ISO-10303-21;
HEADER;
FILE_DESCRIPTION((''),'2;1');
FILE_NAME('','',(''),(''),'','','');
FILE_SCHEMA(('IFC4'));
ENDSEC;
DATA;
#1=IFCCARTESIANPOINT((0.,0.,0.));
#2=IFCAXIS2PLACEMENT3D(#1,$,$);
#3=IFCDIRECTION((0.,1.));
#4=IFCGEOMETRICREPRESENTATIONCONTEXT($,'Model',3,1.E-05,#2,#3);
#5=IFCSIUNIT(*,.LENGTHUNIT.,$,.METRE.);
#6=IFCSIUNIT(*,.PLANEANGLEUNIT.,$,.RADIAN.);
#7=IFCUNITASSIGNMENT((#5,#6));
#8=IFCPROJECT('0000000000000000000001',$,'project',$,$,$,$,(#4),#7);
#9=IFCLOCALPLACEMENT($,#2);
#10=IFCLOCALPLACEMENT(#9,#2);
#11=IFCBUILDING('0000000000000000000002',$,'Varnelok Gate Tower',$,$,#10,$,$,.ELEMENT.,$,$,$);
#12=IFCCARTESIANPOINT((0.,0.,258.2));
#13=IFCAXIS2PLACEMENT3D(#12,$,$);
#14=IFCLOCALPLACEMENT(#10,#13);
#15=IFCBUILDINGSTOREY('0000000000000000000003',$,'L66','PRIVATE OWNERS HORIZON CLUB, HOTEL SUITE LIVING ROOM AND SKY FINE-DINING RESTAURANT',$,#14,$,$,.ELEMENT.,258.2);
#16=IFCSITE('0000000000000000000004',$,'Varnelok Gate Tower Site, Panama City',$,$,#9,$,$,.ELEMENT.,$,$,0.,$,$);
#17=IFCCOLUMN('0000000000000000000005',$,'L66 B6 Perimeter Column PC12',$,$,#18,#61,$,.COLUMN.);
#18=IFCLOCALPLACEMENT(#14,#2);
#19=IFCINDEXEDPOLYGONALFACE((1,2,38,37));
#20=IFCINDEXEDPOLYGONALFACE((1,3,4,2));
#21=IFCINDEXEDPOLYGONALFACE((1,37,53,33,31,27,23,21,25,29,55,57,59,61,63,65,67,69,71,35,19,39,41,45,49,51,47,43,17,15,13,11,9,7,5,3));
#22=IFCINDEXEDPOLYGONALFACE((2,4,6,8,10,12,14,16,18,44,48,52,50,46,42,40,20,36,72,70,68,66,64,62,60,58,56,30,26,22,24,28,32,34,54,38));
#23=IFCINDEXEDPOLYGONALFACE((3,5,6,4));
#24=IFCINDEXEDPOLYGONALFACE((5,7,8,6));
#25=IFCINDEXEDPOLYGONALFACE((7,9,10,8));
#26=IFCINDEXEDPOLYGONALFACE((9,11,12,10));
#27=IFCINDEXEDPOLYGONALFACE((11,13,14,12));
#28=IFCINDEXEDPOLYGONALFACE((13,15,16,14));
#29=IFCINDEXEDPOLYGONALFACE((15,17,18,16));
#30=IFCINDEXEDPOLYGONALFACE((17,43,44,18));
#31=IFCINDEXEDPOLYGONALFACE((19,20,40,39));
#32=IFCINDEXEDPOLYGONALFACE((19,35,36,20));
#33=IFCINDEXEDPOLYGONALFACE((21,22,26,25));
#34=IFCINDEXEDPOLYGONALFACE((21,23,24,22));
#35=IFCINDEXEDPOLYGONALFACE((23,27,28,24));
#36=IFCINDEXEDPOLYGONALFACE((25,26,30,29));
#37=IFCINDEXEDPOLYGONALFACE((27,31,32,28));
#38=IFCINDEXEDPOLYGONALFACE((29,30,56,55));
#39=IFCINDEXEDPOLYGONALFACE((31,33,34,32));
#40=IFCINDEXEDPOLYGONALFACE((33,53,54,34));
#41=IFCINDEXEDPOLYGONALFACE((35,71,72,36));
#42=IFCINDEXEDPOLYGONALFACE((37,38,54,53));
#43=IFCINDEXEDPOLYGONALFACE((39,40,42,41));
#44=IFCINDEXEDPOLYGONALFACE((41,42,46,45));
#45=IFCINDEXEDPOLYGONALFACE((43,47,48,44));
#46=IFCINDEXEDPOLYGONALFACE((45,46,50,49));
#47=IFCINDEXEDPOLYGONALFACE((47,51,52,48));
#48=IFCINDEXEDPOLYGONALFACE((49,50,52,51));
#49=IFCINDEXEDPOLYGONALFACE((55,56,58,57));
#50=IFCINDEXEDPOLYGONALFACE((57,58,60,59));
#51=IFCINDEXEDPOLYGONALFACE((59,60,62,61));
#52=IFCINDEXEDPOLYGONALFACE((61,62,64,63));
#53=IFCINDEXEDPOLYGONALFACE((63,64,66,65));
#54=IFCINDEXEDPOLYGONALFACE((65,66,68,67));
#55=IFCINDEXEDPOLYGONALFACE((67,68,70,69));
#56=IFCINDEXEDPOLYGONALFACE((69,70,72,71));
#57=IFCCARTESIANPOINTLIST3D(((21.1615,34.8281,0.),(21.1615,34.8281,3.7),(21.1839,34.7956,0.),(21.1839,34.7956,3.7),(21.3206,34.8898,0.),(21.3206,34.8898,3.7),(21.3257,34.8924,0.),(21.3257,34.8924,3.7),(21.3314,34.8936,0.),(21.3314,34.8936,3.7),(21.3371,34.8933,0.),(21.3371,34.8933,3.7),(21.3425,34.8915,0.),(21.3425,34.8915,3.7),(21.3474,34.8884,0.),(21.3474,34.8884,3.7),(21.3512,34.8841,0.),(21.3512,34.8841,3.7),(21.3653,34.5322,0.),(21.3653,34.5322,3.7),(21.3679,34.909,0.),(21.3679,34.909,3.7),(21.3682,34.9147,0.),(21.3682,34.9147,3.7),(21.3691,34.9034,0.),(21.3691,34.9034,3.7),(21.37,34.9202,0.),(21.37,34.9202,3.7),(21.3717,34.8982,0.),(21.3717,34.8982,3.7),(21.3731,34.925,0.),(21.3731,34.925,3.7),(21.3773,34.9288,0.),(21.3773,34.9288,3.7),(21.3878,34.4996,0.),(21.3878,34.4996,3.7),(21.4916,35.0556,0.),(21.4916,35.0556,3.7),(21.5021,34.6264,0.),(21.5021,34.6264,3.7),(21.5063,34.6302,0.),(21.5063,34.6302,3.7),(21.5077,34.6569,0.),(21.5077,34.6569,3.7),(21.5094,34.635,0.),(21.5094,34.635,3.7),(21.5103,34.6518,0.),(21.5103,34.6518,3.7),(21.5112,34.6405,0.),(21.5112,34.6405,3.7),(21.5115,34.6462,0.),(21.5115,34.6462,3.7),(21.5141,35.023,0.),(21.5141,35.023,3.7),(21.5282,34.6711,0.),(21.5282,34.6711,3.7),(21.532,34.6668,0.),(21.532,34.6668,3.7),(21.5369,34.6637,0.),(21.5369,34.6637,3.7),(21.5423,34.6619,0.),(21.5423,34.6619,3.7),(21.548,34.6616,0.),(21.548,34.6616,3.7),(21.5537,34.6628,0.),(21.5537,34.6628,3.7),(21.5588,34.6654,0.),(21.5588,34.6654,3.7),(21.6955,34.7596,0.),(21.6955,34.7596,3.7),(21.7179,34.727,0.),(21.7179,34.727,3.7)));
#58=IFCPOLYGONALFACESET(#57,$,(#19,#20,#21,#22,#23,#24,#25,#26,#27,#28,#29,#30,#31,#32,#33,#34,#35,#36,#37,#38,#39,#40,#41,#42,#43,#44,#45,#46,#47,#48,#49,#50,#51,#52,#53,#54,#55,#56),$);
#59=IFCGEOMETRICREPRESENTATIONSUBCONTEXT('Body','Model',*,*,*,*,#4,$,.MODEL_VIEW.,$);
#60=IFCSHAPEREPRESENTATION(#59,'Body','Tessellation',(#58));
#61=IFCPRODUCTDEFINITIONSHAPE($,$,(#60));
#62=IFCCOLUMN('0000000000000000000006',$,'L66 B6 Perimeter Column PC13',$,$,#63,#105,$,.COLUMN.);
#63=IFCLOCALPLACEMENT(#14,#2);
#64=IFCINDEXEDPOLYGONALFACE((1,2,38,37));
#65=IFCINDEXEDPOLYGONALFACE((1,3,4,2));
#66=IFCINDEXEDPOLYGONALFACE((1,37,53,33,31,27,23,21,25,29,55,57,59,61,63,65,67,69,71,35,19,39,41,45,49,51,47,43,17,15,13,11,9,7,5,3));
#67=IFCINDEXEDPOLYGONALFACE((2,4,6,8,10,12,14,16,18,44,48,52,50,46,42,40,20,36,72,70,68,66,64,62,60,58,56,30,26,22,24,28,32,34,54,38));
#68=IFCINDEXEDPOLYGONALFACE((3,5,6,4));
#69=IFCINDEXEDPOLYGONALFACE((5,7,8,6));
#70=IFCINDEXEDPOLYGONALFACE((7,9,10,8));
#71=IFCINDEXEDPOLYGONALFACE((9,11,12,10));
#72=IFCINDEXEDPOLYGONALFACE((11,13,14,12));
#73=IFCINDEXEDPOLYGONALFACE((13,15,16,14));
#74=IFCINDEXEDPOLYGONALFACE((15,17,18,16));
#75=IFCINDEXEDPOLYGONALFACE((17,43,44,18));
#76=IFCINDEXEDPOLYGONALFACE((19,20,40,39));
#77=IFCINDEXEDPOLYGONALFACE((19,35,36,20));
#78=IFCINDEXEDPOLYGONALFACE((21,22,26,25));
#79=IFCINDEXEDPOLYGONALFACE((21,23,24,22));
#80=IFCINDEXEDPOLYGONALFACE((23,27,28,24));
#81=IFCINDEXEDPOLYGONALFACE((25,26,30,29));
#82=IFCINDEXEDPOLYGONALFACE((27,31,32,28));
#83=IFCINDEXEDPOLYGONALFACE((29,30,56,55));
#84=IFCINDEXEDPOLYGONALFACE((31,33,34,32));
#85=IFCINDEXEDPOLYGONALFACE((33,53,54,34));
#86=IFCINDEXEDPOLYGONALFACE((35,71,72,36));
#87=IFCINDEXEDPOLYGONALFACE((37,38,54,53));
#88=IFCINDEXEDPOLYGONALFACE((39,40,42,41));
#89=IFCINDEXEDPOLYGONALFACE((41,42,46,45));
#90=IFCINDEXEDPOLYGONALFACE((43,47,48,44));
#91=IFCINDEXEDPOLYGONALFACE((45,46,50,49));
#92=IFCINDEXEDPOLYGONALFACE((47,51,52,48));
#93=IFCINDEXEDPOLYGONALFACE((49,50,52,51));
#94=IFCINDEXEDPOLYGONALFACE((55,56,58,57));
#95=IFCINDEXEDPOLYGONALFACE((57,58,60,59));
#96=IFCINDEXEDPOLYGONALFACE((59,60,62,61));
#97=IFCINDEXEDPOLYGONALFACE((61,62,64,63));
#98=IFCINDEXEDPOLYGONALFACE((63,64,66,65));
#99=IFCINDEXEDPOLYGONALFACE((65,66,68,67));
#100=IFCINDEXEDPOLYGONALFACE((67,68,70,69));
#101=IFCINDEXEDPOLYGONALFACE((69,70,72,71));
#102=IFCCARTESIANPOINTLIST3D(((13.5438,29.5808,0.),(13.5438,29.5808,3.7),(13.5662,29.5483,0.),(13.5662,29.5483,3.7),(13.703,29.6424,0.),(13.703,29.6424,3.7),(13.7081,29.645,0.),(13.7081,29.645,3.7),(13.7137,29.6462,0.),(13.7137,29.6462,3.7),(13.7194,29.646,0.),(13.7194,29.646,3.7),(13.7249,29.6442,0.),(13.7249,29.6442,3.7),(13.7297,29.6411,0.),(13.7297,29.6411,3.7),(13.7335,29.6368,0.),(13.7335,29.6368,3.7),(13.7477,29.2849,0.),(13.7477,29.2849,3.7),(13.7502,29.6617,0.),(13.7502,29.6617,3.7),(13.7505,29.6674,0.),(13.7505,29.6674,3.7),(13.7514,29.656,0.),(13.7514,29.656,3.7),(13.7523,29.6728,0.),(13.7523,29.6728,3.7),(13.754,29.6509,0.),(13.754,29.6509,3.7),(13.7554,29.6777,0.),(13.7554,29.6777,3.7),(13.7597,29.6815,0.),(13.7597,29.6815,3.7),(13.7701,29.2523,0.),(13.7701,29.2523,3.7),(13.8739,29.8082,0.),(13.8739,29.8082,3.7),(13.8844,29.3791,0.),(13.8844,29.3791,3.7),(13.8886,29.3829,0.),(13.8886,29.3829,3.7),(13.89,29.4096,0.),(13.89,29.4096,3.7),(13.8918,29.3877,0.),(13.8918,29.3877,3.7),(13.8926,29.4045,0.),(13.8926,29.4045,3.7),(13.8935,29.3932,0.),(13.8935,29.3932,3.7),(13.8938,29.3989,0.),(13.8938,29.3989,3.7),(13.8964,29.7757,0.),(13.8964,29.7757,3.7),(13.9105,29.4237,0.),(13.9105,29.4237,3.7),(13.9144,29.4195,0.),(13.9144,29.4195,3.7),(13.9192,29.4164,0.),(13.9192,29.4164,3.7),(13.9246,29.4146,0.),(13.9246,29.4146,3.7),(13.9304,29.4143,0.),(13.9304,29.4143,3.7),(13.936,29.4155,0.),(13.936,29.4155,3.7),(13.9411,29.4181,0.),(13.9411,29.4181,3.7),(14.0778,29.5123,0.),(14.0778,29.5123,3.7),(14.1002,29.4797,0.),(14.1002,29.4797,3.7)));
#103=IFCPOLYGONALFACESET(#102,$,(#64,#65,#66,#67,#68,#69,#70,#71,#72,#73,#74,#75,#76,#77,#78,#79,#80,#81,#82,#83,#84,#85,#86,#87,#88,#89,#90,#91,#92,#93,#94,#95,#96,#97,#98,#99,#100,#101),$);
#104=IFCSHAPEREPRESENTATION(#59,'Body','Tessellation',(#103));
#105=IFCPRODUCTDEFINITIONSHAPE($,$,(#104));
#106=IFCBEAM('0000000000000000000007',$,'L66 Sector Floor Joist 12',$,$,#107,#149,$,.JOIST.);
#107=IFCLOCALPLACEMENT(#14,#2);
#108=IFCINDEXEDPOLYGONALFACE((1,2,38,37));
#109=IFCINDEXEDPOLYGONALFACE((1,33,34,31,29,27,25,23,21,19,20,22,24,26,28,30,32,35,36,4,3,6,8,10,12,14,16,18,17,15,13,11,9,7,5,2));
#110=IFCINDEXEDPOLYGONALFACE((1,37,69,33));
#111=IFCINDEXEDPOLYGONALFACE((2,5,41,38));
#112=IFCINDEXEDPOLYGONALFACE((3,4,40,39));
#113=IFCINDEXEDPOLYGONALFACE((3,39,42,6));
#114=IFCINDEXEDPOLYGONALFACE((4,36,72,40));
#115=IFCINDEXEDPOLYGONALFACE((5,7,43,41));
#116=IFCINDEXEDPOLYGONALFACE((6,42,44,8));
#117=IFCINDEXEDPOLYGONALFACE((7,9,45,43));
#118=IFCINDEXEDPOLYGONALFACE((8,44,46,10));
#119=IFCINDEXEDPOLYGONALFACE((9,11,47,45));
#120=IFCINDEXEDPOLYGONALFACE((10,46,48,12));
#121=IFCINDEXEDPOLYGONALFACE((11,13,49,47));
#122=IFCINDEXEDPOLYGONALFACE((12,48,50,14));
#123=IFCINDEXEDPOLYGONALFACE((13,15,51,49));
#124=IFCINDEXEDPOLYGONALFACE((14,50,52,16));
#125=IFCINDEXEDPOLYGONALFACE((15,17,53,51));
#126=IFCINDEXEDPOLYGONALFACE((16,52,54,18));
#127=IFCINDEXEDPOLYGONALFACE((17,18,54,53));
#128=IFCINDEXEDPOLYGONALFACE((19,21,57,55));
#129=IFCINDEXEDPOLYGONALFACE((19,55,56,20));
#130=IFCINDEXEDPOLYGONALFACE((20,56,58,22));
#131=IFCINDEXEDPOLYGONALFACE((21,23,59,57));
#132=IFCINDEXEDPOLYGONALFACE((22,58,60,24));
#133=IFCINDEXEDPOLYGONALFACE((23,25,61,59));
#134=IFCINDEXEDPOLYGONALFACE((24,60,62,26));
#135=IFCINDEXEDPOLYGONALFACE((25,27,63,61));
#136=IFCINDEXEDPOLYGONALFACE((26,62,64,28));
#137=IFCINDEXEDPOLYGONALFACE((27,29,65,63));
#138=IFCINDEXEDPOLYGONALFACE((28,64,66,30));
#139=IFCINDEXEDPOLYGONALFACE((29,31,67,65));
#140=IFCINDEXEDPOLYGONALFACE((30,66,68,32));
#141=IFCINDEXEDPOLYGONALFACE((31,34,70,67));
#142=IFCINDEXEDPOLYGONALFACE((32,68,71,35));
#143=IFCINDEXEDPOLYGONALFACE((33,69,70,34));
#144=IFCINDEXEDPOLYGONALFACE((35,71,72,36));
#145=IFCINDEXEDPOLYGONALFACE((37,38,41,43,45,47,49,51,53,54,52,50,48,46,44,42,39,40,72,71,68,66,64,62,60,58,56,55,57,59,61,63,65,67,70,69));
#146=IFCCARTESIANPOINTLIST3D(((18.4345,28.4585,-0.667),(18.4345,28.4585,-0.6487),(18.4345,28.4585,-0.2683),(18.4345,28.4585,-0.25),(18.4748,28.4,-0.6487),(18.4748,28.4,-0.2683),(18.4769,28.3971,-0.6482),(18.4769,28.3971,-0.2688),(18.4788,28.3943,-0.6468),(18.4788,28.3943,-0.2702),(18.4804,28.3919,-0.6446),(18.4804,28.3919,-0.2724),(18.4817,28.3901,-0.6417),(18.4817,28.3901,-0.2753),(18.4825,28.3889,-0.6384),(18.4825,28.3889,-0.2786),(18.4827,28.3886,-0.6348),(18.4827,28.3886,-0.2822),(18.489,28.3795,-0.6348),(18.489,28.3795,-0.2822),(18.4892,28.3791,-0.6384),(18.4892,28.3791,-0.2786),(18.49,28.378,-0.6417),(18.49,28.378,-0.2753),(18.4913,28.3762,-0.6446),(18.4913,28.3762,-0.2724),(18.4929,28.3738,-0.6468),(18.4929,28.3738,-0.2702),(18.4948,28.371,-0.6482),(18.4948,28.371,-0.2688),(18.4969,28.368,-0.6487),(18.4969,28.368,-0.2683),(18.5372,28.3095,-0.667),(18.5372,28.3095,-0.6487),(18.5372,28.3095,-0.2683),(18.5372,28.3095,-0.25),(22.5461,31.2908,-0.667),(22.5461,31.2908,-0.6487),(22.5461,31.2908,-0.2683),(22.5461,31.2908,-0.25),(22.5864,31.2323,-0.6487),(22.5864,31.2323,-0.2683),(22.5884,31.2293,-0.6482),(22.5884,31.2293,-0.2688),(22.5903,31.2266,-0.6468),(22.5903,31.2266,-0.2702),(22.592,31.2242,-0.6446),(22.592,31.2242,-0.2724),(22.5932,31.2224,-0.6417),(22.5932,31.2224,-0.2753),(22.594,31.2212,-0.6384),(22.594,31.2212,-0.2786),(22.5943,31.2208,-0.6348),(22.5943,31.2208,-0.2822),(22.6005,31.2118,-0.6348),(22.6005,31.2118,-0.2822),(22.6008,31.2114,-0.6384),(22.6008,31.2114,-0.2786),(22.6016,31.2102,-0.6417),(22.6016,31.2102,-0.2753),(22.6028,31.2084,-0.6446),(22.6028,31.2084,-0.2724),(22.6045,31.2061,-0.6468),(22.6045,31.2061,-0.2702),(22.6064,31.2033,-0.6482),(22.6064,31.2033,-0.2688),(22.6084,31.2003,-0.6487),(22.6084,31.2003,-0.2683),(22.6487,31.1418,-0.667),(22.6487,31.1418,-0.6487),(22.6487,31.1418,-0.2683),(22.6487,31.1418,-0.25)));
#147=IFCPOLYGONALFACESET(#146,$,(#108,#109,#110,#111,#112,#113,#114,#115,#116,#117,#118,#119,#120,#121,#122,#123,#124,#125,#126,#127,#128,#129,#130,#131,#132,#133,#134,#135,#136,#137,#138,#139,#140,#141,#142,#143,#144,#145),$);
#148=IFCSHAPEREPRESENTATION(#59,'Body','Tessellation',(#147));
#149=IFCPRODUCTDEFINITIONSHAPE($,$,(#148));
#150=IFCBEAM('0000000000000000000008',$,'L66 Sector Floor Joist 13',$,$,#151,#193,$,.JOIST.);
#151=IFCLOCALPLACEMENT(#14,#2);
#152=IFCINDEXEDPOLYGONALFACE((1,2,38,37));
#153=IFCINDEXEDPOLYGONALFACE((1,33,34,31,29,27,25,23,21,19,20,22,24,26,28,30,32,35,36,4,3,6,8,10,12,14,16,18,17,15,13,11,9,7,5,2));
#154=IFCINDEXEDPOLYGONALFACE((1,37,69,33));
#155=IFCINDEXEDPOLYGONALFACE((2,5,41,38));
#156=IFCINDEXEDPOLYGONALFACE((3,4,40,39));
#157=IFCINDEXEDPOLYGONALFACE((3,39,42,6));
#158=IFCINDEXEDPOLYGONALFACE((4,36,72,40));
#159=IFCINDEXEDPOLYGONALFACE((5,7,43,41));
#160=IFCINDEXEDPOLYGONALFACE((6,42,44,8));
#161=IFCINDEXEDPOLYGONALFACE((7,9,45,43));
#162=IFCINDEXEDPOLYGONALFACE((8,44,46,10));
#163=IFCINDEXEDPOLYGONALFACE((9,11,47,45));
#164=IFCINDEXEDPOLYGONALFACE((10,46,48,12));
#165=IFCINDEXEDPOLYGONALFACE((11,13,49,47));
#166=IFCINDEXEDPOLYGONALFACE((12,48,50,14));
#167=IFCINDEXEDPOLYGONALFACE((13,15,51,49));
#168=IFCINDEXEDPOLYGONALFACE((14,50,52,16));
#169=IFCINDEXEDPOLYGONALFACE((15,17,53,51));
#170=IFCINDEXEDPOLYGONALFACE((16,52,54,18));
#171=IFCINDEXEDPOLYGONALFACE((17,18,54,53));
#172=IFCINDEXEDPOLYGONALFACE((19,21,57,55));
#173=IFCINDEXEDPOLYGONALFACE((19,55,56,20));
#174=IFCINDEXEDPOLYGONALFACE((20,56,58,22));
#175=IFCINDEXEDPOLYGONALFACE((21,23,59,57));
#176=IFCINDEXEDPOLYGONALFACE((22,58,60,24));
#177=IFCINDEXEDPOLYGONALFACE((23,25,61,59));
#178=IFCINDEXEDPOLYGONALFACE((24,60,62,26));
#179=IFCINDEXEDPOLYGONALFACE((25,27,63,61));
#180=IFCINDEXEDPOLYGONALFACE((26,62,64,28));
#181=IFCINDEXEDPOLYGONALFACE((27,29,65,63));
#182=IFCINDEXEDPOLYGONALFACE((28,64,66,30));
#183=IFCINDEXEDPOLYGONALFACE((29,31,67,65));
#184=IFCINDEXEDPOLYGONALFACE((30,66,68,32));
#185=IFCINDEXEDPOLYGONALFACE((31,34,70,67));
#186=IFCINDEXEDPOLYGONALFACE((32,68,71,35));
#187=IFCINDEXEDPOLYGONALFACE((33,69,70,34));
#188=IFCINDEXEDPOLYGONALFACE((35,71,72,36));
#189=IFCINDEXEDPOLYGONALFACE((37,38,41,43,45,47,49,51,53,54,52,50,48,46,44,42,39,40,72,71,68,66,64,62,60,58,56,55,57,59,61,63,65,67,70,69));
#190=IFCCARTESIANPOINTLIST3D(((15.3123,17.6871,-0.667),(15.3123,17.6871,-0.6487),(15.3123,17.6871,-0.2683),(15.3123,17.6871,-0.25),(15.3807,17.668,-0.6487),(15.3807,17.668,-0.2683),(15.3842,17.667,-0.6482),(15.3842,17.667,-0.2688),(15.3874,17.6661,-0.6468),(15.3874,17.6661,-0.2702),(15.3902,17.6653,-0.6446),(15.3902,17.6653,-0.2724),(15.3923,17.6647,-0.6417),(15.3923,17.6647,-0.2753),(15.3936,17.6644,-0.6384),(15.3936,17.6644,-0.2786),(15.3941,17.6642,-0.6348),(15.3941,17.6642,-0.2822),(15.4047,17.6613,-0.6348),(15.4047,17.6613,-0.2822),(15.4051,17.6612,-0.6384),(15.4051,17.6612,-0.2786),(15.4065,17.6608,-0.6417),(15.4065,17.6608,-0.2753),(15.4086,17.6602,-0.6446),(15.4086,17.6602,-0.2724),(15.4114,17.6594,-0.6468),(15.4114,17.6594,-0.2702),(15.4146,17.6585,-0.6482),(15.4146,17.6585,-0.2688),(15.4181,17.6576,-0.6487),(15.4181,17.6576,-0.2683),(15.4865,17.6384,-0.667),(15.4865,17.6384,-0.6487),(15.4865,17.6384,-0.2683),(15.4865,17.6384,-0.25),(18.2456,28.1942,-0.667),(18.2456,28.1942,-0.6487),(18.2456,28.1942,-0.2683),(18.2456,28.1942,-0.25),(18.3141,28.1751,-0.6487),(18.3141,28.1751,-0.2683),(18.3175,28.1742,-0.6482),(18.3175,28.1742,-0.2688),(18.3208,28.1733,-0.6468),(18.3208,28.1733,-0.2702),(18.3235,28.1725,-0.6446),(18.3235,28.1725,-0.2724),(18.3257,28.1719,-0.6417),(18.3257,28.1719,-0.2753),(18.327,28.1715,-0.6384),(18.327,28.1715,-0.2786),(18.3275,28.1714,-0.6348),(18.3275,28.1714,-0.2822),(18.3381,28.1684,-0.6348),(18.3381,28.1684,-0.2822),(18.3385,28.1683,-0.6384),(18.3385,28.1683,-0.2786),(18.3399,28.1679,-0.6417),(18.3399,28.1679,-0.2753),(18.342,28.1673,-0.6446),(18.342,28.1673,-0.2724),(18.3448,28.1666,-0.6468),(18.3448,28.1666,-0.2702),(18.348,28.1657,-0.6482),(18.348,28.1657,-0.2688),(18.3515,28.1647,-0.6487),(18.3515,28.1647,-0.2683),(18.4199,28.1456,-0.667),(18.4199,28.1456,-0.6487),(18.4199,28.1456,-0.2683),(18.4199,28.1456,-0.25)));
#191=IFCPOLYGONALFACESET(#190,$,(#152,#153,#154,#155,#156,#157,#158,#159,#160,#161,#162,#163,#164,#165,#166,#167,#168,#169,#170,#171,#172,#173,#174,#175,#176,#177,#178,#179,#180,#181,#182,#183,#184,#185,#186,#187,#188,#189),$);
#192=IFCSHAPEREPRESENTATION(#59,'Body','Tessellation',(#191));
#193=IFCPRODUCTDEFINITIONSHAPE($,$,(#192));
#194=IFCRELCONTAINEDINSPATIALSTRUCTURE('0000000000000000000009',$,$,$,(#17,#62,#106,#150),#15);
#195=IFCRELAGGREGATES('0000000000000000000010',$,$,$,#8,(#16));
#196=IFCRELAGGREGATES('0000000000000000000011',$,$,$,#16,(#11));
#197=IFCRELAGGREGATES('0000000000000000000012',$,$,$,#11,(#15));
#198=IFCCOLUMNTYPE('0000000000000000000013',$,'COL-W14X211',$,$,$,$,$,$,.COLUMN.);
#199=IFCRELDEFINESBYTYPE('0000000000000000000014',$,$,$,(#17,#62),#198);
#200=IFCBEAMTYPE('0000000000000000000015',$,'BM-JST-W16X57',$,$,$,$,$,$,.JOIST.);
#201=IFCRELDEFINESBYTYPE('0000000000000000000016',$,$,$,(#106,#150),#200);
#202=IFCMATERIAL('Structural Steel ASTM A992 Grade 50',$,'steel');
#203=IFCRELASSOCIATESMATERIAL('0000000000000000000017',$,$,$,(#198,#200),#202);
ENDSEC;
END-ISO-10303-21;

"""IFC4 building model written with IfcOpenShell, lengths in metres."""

from ifc_helpers import new_model, si_unit, direction, frame, origin, origin_2d, place, context, subcontext, project, spatial, i_section, extrude, material, material_profile, profile_set, type_object, element, save


model = new_model("IFC4")

# Units and contexts
model_context = context("Model", 3, precision=1e-05, world=origin(), true_north=direction((0.0, 1.0)))
body_context = subcontext(model_context, "Body", "Model", "MODEL_VIEW")
ifc_project = project(units=[si_unit("LENGTHUNIT", "METRE"), si_unit("PLANEANGLEUNIT", "RADIAN")], contexts=[model_context])

# Site, building, storey
site_placement = place(None, origin())
site = spatial("IfcSite", under=ifc_project, at=site_placement, Name="Varnelok Gate Tower Site, Panama City", CompositionType="ELEMENT", RefElevation=0.0)
building_placement = place(site_placement, origin())
building = spatial("IfcBuilding", under=site, at=building_placement, Name="Varnelok Gate Tower", CompositionType="ELEMENT")
storey_placement = place(building_placement, frame((0.0, 0.0, 258.2)))
storey = spatial("IfcBuildingStorey", under=building, at=storey_placement, Name="L66", Description="PRIVATE OWNERS HORIZON CLUB, HOTEL SUITE LIVING ROOM AND SKY FINE-DINING RESTAURANT", CompositionType="ELEMENT", Elevation=258.2)

# Columns
ifc_material_1 = material(Name="Structural Steel ASTM A992 Grade 50", Category="steel")
ifc_material_profile_1 = material_profile(ifc_material_1, i_section(OverallWidth=0.4009, OverallDepth=0.3989, WebThickness=0.0249, FlangeThickness=0.0396, FilletRadius=0.022, at=origin_2d()), Name="W14X211")
ifc_profile_set_1 = profile_set([ifc_material_profile_1], Name="Structural Steel ASTM A992 Grade 50")
column_type = type_object("IfcColumnType", Name="COL-W14X211", PredefinedType="COLUMN", material=ifc_profile_set_1)
for number, where, z_axis, x_axis, name in (
    (1, (21.4397, 34.7776, 0.0), (0.0, 0.0, 1.0), (0.823533, 0.567269, 0.0), "L66 B6 Perimeter Column PC12"),
    (2, (13.822, 29.5303, 0.0), (0.0, 0.0, 1.0), (0.823533, 0.567269, 0.0), "L66 B6 Perimeter Column PC13"),
):
    element("IfcColumn", number, at=place(storey_placement, frame(where, z_axis=z_axis, x_axis=x_axis)), inside=storey, type_object=column_type, Name=name, PredefinedType="COLUMN", context=body_context, shape_type="SweptSolid", body=[
        extrude(i_section(OverallWidth=0.4009, OverallDepth=0.3989, WebThickness=0.0249, FlangeThickness=0.0396, FilletRadius=0.022, at=origin_2d()), origin(), (0.0, 0.0, 1.0), 3.7),
    ])

# Beams
ifc_material_profile_2 = material_profile(ifc_material_1, i_section(OverallWidth=0.1809, OverallDepth=0.417, WebThickness=0.011, FlangeThickness=0.0183, FilletRadius=0.0139, at=origin_2d()), Name="W16X57")
ifc_profile_set_2 = profile_set([ifc_material_profile_2], Name="Structural Steel ASTM A992 Grade 50")
beam_type_1 = type_object("IfcBeamType", Name="BM-JST-W16X57", PredefinedType="JOIST", material=ifc_profile_set_2)
beam_1_placement = place(storey_placement, frame((22.5974, 31.2163, -0.4585), z_axis=(-0.823521, -0.567286, 0.0), x_axis=(0.567286, -0.823521, 0.0)))
element("IfcBeam", 3, at=beam_1_placement, inside=storey, type_object=beam_type_1, Name="L66 Sector Floor Joist 12", PredefinedType="JOIST", context=body_context, shape_type="SweptSolid", body=[
    extrude(i_section(OverallWidth=0.1809, OverallDepth=0.417, WebThickness=0.011, FlangeThickness=0.0183, FilletRadius=0.0139, at=origin_2d()), origin(), (0.0, 0.0, 1.0), 4.9927),
])
beam_2_placement = place(storey_placement, frame((18.3328, 28.1699, -0.4585), z_axis=(-0.268896, -0.963169, 0.0), x_axis=(0.963169, -0.268896, 0.0)))
element("IfcBeam", 4, at=beam_2_placement, inside=storey, type_object=beam_type_1, Name="L66 Sector Floor Joist 13", PredefinedType="JOIST", context=body_context, shape_type="SweptSolid", body=[
    extrude(i_section(OverallWidth=0.1809, OverallDepth=0.417, WebThickness=0.011, FlangeThickness=0.0183, FilletRadius=0.0139, at=origin_2d()), origin(), (0.0, 0.0, 1.0), 10.9089),
])

save(model, "model.ifc")
